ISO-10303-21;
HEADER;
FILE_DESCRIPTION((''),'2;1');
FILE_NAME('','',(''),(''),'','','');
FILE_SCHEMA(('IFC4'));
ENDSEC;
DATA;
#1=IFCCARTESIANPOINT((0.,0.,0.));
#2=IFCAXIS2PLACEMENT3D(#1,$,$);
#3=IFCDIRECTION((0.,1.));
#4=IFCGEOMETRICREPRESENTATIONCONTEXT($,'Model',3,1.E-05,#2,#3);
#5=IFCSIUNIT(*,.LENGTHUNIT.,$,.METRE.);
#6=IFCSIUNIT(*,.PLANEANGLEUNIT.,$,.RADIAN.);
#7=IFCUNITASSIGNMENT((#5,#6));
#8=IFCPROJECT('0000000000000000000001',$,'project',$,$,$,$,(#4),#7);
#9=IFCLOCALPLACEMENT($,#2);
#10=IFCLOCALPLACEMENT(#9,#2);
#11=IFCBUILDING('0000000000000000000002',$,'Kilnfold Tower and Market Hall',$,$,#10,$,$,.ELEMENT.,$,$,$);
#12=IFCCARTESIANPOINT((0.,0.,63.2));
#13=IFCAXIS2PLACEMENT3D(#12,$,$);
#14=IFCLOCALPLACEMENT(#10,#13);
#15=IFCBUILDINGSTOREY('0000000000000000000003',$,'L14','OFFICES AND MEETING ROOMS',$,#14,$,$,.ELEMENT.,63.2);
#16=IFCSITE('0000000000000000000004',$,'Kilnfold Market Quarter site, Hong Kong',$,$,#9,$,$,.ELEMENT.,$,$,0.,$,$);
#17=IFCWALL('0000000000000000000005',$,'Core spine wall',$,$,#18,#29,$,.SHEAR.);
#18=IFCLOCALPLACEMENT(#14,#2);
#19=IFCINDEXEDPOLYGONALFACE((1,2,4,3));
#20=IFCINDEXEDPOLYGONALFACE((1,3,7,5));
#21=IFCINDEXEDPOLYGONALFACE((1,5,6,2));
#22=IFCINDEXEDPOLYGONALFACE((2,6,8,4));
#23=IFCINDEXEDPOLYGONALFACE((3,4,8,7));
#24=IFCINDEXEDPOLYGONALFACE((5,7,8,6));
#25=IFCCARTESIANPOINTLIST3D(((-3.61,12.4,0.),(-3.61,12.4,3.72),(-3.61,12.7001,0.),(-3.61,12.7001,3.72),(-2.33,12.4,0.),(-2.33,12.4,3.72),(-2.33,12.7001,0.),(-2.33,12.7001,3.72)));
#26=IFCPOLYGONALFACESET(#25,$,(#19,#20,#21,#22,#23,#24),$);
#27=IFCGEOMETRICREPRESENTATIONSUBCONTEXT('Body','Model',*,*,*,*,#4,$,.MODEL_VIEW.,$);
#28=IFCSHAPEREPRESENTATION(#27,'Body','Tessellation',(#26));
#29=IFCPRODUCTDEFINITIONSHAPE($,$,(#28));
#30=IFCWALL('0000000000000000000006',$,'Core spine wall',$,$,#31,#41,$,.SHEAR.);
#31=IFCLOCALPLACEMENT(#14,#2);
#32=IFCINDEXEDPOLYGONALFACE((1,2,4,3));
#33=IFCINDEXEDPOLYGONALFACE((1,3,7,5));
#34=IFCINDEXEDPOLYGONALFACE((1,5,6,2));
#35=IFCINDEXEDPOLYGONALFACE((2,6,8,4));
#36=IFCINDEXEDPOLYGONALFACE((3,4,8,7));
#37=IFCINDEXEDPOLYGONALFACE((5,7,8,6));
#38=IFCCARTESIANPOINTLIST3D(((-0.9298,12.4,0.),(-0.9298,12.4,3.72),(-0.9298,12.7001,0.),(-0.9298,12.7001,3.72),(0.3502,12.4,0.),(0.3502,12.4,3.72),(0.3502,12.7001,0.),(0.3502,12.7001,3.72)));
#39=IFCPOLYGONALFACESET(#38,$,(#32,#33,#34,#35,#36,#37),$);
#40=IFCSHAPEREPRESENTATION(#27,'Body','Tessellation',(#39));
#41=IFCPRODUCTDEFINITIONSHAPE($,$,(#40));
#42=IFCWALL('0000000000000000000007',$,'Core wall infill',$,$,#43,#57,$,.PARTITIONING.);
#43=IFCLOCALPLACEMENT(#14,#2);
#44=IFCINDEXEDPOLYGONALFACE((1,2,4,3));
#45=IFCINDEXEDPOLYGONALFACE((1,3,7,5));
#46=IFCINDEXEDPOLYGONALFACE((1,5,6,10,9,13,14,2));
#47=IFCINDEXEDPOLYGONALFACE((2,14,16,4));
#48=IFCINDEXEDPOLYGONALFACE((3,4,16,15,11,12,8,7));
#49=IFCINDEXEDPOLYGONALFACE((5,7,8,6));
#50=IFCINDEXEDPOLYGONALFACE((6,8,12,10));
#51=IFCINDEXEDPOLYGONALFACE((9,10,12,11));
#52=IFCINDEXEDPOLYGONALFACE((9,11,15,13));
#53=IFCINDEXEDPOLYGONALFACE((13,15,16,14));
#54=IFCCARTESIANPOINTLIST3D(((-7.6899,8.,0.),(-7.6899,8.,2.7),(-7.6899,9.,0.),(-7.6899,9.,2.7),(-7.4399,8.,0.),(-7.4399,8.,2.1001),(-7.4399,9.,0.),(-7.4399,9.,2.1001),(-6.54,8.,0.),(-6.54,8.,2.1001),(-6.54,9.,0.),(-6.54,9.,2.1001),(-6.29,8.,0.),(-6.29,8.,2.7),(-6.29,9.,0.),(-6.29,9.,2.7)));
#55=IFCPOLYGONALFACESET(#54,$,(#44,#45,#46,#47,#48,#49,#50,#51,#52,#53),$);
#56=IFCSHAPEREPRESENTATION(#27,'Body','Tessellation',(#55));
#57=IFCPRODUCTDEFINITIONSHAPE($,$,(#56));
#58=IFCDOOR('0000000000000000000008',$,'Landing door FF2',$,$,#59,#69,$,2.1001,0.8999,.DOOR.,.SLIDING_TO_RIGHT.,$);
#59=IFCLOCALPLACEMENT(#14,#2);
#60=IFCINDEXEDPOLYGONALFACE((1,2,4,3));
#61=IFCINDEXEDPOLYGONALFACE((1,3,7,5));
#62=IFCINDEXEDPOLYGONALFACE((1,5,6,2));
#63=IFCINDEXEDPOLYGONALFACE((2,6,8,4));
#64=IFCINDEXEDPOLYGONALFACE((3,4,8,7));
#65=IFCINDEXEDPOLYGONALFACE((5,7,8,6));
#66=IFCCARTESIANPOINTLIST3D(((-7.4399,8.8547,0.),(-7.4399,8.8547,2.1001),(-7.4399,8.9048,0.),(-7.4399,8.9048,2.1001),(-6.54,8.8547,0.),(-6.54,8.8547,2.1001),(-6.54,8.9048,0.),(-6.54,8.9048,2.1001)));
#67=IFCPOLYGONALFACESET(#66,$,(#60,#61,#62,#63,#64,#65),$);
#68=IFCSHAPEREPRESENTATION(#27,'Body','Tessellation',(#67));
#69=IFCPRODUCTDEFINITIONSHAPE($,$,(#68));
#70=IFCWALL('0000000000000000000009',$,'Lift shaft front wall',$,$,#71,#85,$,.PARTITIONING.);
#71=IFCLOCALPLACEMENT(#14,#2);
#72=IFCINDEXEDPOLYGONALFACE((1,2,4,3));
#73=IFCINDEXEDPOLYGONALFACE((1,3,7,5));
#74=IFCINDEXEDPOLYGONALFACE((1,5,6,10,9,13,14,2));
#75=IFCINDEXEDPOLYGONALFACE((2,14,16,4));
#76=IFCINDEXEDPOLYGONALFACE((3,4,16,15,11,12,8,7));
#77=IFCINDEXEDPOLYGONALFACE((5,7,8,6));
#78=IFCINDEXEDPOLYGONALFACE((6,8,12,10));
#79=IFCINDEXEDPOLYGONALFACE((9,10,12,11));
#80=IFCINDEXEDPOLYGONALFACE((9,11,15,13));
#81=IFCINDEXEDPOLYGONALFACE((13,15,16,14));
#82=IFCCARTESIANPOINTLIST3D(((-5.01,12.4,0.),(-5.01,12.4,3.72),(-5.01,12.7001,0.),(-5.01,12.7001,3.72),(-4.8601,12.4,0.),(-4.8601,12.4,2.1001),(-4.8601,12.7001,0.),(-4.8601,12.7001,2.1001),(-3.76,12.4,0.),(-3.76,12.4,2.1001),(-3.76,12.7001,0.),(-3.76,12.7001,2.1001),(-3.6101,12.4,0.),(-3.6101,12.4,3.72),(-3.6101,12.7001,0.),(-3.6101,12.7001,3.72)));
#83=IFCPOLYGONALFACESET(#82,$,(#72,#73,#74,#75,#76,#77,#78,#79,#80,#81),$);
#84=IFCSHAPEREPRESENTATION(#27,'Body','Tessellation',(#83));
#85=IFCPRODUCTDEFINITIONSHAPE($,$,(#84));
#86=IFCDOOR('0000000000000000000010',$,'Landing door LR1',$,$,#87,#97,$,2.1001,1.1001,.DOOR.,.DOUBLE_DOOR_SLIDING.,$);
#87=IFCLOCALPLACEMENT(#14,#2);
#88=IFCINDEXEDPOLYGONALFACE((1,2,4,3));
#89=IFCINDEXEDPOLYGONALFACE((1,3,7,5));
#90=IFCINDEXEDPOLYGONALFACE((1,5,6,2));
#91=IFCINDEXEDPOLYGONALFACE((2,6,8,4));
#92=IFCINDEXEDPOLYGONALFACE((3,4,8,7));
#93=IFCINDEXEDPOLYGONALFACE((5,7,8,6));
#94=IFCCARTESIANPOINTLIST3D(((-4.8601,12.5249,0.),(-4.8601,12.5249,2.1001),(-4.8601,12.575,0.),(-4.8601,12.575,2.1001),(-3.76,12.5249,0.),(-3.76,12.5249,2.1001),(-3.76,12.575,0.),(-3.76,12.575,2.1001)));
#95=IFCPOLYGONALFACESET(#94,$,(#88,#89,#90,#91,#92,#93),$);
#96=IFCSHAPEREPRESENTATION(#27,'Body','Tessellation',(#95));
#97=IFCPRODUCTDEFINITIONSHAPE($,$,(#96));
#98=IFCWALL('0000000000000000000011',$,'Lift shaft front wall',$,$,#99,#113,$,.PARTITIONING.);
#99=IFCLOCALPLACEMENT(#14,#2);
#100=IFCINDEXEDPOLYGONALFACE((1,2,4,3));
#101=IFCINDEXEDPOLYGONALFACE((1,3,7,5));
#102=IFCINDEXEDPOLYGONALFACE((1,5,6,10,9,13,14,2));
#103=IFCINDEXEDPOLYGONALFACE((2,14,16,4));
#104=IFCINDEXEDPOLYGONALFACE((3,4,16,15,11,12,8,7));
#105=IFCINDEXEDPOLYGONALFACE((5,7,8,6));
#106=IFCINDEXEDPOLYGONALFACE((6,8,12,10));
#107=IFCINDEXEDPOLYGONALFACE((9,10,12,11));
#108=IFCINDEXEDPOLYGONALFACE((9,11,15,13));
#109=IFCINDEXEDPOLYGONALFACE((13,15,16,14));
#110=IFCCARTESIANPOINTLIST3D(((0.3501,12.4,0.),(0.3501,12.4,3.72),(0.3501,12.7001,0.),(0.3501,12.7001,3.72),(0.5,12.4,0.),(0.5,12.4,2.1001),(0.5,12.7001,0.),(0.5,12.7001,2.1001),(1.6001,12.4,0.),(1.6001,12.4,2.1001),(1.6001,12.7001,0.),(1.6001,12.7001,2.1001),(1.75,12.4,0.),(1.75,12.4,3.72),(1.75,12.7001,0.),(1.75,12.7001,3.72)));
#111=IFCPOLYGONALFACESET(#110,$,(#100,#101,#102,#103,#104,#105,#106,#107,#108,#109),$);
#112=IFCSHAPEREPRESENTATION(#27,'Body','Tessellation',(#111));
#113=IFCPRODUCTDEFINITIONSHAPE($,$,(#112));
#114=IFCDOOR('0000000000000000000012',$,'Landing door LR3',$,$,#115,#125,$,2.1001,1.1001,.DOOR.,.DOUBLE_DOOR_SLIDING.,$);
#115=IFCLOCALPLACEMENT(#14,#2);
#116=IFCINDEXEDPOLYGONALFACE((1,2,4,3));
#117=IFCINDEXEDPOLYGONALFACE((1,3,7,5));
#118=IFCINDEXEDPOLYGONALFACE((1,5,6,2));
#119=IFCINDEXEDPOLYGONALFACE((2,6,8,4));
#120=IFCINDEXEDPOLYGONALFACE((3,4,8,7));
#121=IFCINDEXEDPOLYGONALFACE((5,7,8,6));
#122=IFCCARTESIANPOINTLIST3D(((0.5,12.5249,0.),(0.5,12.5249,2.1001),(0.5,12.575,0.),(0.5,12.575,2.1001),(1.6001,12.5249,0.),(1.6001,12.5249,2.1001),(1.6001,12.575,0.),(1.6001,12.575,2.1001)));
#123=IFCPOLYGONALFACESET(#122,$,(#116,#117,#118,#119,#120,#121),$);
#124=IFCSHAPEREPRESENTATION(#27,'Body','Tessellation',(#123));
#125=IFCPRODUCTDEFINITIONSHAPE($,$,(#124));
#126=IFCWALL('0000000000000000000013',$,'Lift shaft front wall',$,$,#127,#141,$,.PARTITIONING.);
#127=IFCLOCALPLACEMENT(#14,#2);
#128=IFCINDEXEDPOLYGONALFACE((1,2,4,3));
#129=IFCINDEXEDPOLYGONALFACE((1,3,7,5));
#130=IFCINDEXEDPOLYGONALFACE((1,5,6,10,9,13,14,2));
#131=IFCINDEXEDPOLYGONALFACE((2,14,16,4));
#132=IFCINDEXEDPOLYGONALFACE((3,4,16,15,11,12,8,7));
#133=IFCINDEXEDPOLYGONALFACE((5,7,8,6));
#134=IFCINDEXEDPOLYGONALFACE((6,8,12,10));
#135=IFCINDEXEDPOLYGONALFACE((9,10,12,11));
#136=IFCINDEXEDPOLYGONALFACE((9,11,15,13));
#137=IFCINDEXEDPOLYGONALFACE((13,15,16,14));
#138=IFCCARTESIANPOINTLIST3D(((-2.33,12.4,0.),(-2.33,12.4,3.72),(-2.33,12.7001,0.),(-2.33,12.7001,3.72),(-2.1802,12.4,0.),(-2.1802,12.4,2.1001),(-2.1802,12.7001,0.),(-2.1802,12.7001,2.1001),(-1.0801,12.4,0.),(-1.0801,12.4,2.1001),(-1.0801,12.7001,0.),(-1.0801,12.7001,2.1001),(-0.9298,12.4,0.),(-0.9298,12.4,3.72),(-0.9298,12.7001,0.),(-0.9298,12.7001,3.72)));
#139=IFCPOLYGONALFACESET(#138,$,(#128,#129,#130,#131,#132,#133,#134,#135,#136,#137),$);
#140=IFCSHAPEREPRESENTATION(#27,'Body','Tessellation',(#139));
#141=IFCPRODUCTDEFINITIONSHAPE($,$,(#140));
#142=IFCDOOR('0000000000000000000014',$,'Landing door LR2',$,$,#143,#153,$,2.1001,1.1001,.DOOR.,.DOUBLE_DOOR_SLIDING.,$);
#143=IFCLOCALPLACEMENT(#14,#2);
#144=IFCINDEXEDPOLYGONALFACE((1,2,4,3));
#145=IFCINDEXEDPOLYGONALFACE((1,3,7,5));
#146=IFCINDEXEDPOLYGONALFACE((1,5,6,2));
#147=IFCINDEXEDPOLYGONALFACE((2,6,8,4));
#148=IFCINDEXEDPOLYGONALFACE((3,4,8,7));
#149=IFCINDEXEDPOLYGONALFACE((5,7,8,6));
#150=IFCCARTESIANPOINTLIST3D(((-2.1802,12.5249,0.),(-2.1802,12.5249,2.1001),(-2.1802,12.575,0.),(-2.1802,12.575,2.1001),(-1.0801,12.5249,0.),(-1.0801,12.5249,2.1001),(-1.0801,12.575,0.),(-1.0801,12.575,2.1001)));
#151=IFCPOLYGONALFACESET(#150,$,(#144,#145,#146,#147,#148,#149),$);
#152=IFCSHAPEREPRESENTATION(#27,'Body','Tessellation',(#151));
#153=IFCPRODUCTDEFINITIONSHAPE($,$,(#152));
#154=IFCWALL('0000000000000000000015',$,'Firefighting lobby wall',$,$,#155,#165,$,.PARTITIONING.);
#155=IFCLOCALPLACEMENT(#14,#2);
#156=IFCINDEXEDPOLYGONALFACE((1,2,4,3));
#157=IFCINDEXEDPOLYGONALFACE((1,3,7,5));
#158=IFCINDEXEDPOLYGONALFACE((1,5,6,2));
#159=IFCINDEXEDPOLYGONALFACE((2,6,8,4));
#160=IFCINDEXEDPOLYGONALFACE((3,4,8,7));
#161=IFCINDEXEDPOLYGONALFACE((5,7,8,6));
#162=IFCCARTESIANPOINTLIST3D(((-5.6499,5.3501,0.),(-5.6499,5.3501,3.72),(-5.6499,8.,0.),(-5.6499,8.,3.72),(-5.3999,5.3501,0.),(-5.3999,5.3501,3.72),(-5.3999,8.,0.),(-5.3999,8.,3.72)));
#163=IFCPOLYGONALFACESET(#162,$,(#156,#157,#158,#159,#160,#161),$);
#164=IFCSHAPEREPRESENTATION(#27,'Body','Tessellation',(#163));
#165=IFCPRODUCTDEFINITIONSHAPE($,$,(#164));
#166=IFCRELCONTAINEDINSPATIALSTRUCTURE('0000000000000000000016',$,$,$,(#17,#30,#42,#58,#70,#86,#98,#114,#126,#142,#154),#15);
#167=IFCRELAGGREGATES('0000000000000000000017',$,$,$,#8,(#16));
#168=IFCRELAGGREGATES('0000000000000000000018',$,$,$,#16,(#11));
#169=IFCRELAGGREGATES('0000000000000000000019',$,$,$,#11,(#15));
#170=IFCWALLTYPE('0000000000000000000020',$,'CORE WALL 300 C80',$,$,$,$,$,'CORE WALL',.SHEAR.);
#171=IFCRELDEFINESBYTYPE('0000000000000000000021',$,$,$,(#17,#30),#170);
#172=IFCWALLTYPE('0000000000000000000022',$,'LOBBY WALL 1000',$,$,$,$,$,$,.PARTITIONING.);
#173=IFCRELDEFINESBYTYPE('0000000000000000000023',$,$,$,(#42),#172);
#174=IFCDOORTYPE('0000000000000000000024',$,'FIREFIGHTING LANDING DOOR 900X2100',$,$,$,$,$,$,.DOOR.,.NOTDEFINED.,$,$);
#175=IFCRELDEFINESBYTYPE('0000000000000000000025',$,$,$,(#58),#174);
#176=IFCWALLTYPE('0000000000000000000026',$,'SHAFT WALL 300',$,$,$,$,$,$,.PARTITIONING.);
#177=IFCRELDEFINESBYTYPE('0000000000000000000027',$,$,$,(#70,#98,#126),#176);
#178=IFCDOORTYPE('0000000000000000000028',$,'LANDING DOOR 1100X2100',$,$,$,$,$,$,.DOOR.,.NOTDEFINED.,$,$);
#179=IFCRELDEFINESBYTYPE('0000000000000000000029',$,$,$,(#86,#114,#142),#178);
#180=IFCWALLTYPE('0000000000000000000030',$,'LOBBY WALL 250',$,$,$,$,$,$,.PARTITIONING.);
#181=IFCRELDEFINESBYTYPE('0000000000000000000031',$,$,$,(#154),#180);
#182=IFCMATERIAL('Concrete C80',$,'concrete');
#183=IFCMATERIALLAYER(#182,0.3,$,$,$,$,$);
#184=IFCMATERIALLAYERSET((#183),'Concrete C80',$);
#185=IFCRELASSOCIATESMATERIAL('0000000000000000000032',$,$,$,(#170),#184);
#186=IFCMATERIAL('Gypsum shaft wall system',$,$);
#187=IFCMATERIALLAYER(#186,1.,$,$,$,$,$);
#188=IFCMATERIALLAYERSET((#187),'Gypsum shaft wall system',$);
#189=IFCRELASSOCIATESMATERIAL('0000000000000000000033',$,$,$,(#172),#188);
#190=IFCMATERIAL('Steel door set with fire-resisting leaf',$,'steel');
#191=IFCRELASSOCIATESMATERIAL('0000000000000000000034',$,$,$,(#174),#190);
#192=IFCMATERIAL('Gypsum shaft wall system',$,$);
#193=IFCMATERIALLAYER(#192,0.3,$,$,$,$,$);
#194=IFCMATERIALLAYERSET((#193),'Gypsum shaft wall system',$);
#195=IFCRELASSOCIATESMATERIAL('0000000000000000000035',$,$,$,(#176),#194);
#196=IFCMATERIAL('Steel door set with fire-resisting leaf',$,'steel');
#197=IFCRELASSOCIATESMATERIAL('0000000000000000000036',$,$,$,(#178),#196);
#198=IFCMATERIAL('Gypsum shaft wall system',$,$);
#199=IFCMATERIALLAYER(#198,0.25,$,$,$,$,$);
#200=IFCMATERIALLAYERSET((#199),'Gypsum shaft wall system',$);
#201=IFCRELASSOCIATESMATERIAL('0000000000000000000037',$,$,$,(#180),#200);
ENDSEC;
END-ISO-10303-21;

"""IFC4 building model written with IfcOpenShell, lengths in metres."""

from ifc_helpers import new_model, si_unit, direction, frame, frame_2d, origin, place, context, subcontext, project, spatial, rectangle, extrude, source, transform, mapped, material, layer, layer_set, type_object, element, fill, save


model = new_model("IFC4")

# Units and contexts
model_context = context("Model", 3, precision=1e-05, world=origin(), true_north=direction((0.0, 1.0)))
body_context = subcontext(model_context, "Body", "Model", "MODEL_VIEW")
ifc_project = project(units=[si_unit("LENGTHUNIT", "METRE"), si_unit("PLANEANGLEUNIT", "RADIAN")], contexts=[model_context])

# Site, building, storey
site_placement = place(None, origin())
site = spatial("IfcSite", under=ifc_project, at=site_placement, Name="Kilnfold Market Quarter site, Hong Kong", CompositionType="ELEMENT", RefElevation=0.0)
building_placement = place(site_placement, origin())
building = spatial("IfcBuilding", under=site, at=building_placement, Name="Kilnfold Tower and Market Hall", CompositionType="ELEMENT")
storey_placement = place(building_placement, frame((0.0, 0.0, 63.2)))
storey = spatial("IfcBuildingStorey", under=building, at=storey_placement, Name="L14", Description="OFFICES AND MEETING ROOMS", CompositionType="ELEMENT", Elevation=63.2)

# Walls
ifc_material_1 = material(Name="Concrete C80", Category="concrete")
ifc_layer_1 = layer(ifc_material_1, 0.3)
ifc_layer_set_1 = layer_set([ifc_layer_1], Name="Concrete C80")
wall_type_1 = type_object("IfcWallType", Name="CORE WALL 300 C80", ElementType="CORE WALL", PredefinedType="SHEAR", material=ifc_layer_set_1)
shared_shape_1 = source(origin(), body_context, "Body", "SweptSolid", [
    extrude(rectangle(XDim=1.28, YDim=0.3, at=frame_2d((0.6401, 0.0))), origin(), (0.0, 0.0, 1.0), 3.72),
])
for number, where, z_axis, x_axis, name in (
    (1, (-3.6101, 12.55, 0.0), (0.0, 0.0, 1.0), (1.0, 0.0, 0.0), "Core spine wall"),
    (2, (-0.9299, 12.55, 0.0), (0.0, 0.0, 1.0), (1.0, 0.0, 0.0), "Core spine wall"),
):
    element("IfcWall", number, at=place(storey_placement, frame(where, z_axis=z_axis, x_axis=x_axis)), inside=storey, type_object=wall_type_1, Name=name, PredefinedType="SHEAR", context=body_context, shape_type="MappedRepresentation", body=[
        mapped(shared_shape_1, transform((0.0, 0.0, 0.0))),
    ])

# Walls, openings, doors
ifc_material_2 = material(Name="Gypsum shaft wall system")
ifc_layer_2 = layer(ifc_material_2, 1.0)
ifc_layer_set_2 = layer_set([ifc_layer_2], Name="Gypsum shaft wall system")
wall_type_2 = type_object("IfcWallType", Name="LOBBY WALL 1000", PredefinedType="PARTITIONING", material=ifc_layer_set_2)
shared_shape_2 = source(origin(), body_context, "Body", "SweptSolid", [
    extrude(rectangle(XDim=1.3999, YDim=1.0, at=frame_2d((0.7, 0.0))), origin(), (0.0, 0.0, 1.0), 2.7),
])
wall_1_placement = place(storey_placement, frame((-7.6899, 8.5, 0.0), z_axis=(0.0, 0.0, 1.0), x_axis=(1.0, 0.0, 0.0)))
wall_1 = element("IfcWall", 3, at=wall_1_placement, inside=storey, type_object=wall_type_2, Name="Core wall infill", PredefinedType="PARTITIONING", context=body_context, shape_type="MappedRepresentation", body=[
    mapped(shared_shape_2, transform((0.0, 0.0, 0.0))),
])
opening_1_placement = place(wall_1_placement, frame((0.25, 0.0, 0.0)))
opening_1 = element("IfcOpeningElement", 4, at=opening_1_placement, cuts=wall_1, PredefinedType="OPENING", context=body_context, shape_type="SweptSolid", body=[
    extrude(rectangle(XDim=0.8999, YDim=2.1001, at=frame_2d((0.45, 1.05))), frame((0.0, 0.51, 0.0), z_axis=(0.0, -1.0, 0.0), x_axis=(1.0, 0.0, 0.0)), (0.0, 0.0, 1.0), 1.02),
])
ifc_material_3 = material(Name="Steel door set with fire-resisting leaf", Category="steel")
door_type_1 = type_object("IfcDoorType", Name="FIREFIGHTING LANDING DOOR 900X2100", OperationType="NOTDEFINED", PredefinedType="DOOR", material=ifc_material_3)
door_1_placement = place(opening_1_placement, origin())
door_1 = element("IfcDoor", 5, at=door_1_placement, inside=storey, type_object=door_type_1, Name="Landing door FF2", OperationType="SLIDING_TO_RIGHT", OverallHeight=2.1001, OverallWidth=0.8999, PredefinedType="DOOR", context=body_context, shape_type="SweptSolid", body=[
    extrude(rectangle(XDim=0.8999, YDim=2.1001, at=frame_2d((0.45, 1.05))), frame((0.0, 0.4048, 0.0), z_axis=(0.0, -1.0, 0.0), x_axis=(1.0, 0.0, 0.0)), (0.0, 0.0, 1.0), 0.05),
])
fill(opening_1, door_1)
ifc_material_4 = material(Name="Gypsum shaft wall system")
ifc_layer_3 = layer(ifc_material_4, 0.3)
ifc_layer_set_3 = layer_set([ifc_layer_3], Name="Gypsum shaft wall system")
wall_type_3 = type_object("IfcWallType", Name="SHAFT WALL 300", PredefinedType="PARTITIONING", material=ifc_layer_set_3)
shared_shape_3 = source(origin(), body_context, "Body", "SweptSolid", [
    extrude(rectangle(XDim=1.3999, YDim=0.3, at=frame_2d((0.7, 0.0))), origin(), (0.0, 0.0, 1.0), 3.72),
])
wall_2_placement = place(storey_placement, frame((-5.01, 12.55, 0.0), z_axis=(0.0, 0.0, 1.0), x_axis=(1.0, 0.0, 0.0)))
wall_2 = element("IfcWall", 6, at=wall_2_placement, inside=storey, type_object=wall_type_3, Name="Lift shaft front wall", PredefinedType="PARTITIONING", context=body_context, shape_type="MappedRepresentation", body=[
    mapped(shared_shape_3, transform((0.0, 0.0, 0.0))),
])
opening_2_placement = place(wall_2_placement, frame((0.1499, 0.0, 0.0)))
opening_2 = element("IfcOpeningElement", 7, at=opening_2_placement, cuts=wall_2, PredefinedType="OPENING", context=body_context, shape_type="SweptSolid", body=[
    extrude(rectangle(XDim=1.1001, YDim=2.1001, at=frame_2d((0.55, 1.05))), frame((0.0, 0.1602, 0.0), z_axis=(0.0, -1.0, 0.0), x_axis=(1.0, 0.0, 0.0)), (0.0, 0.0, 1.0), 0.3201),
])
ifc_material_5 = material(Name="Steel door set with fire-resisting leaf", Category="steel")
door_type_2 = type_object("IfcDoorType", Name="LANDING DOOR 1100X2100", OperationType="NOTDEFINED", PredefinedType="DOOR", material=ifc_material_5)
door_2_placement = place(opening_2_placement, origin())
door_2 = element("IfcDoor", 8, at=door_2_placement, inside=storey, type_object=door_type_2, Name="Landing door LR1", OperationType="DOUBLE_DOOR_SLIDING", OverallHeight=2.1001, OverallWidth=1.1001, PredefinedType="DOOR", context=body_context, shape_type="SweptSolid", body=[
    extrude(rectangle(XDim=1.1001, YDim=2.1001, at=frame_2d((0.55, 1.05))), frame((0.0, 0.0249, 0.0), z_axis=(0.0, -1.0, 0.0), x_axis=(1.0, 0.0, 0.0)), (0.0, 0.0, 1.0), 0.05),
])
fill(opening_2, door_2)
wall_3_placement = place(storey_placement, frame((0.3501, 12.55, 0.0), z_axis=(0.0, 0.0, 1.0), x_axis=(1.0, 0.0, 0.0)))
wall_3 = element("IfcWall", 9, at=wall_3_placement, inside=storey, type_object=wall_type_3, Name="Lift shaft front wall", PredefinedType="PARTITIONING", context=body_context, shape_type="MappedRepresentation", body=[
    mapped(shared_shape_3, transform((0.0, 0.0, 0.0))),
])
opening_3_placement = place(wall_3_placement, frame((0.1499, 0.0, 0.0)))
opening_3 = element("IfcOpeningElement", 10, at=opening_3_placement, cuts=wall_3, PredefinedType="OPENING", context=body_context, shape_type="SweptSolid", body=[
    extrude(rectangle(XDim=1.1001, YDim=2.1001, at=frame_2d((0.55, 1.05))), frame((0.0, 0.1602, 0.0), z_axis=(0.0, -1.0, 0.0), x_axis=(1.0, 0.0, 0.0)), (0.0, 0.0, 1.0), 0.3201),
])
door_3_placement = place(opening_3_placement, origin())
door_3 = element("IfcDoor", 11, at=door_3_placement, inside=storey, type_object=door_type_2, Name="Landing door LR3", OperationType="DOUBLE_DOOR_SLIDING", OverallHeight=2.1001, OverallWidth=1.1001, PredefinedType="DOOR", context=body_context, shape_type="SweptSolid", body=[
    extrude(rectangle(XDim=1.1001, YDim=2.1001, at=frame_2d((0.55, 1.05))), frame((0.0, 0.0249, 0.0), z_axis=(0.0, -1.0, 0.0), x_axis=(1.0, 0.0, 0.0)), (0.0, 0.0, 1.0), 0.05),
])
fill(opening_3, door_3)
shared_shape_4 = source(origin(), body_context, "Body", "SweptSolid", [
    extrude(rectangle(XDim=1.4001, YDim=0.3, at=frame_2d((0.7002, 0.0))), origin(), (0.0, 0.0, 1.0), 3.72),
])
wall_4_placement = place(storey_placement, frame((-2.3301, 12.55, 0.0), z_axis=(0.0, 0.0, 1.0), x_axis=(1.0, 0.0, 0.0)))
wall_4 = element("IfcWall", 12, at=wall_4_placement, inside=storey, type_object=wall_type_3, Name="Lift shaft front wall", PredefinedType="PARTITIONING", context=body_context, shape_type="MappedRepresentation", body=[
    mapped(shared_shape_4, transform((0.0, 0.0, 0.0))),
])
opening_4_placement = place(wall_4_placement, frame((0.1499, 0.0, 0.0)))
opening_4 = element("IfcOpeningElement", 13, at=opening_4_placement, cuts=wall_4, PredefinedType="OPENING", context=body_context, shape_type="SweptSolid", body=[
    extrude(rectangle(XDim=1.1001, YDim=2.1001, at=frame_2d((0.55, 1.05))), frame((0.0, 0.1602, 0.0), z_axis=(0.0, -1.0, 0.0), x_axis=(1.0, 0.0, 0.0)), (0.0, 0.0, 1.0), 0.3201),
])
door_4_placement = place(opening_4_placement, origin())
door_4 = element("IfcDoor", 14, at=door_4_placement, inside=storey, type_object=door_type_2, Name="Landing door LR2", OperationType="DOUBLE_DOOR_SLIDING", OverallHeight=2.1001, OverallWidth=1.1001, PredefinedType="DOOR", context=body_context, shape_type="SweptSolid", body=[
    extrude(rectangle(XDim=1.1001, YDim=2.1001, at=frame_2d((0.55, 1.05))), frame((0.0, 0.0249, 0.0), z_axis=(0.0, -1.0, 0.0), x_axis=(1.0, 0.0, 0.0)), (0.0, 0.0, 1.0), 0.05),
])
fill(opening_4, door_4)

# Wall
ifc_material_6 = material(Name="Gypsum shaft wall system")
ifc_layer_4 = layer(ifc_material_6, 0.25)
ifc_layer_set_4 = layer_set([ifc_layer_4], Name="Gypsum shaft wall system")
wall_type_4 = type_object("IfcWallType", Name="LOBBY WALL 250", PredefinedType="PARTITIONING", material=ifc_layer_set_4)
shared_shape_5 = source(origin(), body_context, "Body", "SweptSolid", [
    extrude(rectangle(XDim=2.6499, YDim=0.25, at=frame_2d((1.325, 0.0))), origin(), (0.0, 0.0, 1.0), 3.72),
])
wall_5_placement = place(storey_placement, frame((-5.5249, 5.3501, 0.0), z_axis=(0.0, 0.0, 1.0), x_axis=(0.0, 1.0, 0.0)))
element("IfcWall", 15, at=wall_5_placement, inside=storey, type_object=wall_type_4, Name="Firefighting lobby wall", PredefinedType="PARTITIONING", context=body_context, shape_type="MappedRepresentation", body=[
    mapped(shared_shape_5, transform((0.0, 0.0, 0.0))),
])

save(model, "model.ifc")
